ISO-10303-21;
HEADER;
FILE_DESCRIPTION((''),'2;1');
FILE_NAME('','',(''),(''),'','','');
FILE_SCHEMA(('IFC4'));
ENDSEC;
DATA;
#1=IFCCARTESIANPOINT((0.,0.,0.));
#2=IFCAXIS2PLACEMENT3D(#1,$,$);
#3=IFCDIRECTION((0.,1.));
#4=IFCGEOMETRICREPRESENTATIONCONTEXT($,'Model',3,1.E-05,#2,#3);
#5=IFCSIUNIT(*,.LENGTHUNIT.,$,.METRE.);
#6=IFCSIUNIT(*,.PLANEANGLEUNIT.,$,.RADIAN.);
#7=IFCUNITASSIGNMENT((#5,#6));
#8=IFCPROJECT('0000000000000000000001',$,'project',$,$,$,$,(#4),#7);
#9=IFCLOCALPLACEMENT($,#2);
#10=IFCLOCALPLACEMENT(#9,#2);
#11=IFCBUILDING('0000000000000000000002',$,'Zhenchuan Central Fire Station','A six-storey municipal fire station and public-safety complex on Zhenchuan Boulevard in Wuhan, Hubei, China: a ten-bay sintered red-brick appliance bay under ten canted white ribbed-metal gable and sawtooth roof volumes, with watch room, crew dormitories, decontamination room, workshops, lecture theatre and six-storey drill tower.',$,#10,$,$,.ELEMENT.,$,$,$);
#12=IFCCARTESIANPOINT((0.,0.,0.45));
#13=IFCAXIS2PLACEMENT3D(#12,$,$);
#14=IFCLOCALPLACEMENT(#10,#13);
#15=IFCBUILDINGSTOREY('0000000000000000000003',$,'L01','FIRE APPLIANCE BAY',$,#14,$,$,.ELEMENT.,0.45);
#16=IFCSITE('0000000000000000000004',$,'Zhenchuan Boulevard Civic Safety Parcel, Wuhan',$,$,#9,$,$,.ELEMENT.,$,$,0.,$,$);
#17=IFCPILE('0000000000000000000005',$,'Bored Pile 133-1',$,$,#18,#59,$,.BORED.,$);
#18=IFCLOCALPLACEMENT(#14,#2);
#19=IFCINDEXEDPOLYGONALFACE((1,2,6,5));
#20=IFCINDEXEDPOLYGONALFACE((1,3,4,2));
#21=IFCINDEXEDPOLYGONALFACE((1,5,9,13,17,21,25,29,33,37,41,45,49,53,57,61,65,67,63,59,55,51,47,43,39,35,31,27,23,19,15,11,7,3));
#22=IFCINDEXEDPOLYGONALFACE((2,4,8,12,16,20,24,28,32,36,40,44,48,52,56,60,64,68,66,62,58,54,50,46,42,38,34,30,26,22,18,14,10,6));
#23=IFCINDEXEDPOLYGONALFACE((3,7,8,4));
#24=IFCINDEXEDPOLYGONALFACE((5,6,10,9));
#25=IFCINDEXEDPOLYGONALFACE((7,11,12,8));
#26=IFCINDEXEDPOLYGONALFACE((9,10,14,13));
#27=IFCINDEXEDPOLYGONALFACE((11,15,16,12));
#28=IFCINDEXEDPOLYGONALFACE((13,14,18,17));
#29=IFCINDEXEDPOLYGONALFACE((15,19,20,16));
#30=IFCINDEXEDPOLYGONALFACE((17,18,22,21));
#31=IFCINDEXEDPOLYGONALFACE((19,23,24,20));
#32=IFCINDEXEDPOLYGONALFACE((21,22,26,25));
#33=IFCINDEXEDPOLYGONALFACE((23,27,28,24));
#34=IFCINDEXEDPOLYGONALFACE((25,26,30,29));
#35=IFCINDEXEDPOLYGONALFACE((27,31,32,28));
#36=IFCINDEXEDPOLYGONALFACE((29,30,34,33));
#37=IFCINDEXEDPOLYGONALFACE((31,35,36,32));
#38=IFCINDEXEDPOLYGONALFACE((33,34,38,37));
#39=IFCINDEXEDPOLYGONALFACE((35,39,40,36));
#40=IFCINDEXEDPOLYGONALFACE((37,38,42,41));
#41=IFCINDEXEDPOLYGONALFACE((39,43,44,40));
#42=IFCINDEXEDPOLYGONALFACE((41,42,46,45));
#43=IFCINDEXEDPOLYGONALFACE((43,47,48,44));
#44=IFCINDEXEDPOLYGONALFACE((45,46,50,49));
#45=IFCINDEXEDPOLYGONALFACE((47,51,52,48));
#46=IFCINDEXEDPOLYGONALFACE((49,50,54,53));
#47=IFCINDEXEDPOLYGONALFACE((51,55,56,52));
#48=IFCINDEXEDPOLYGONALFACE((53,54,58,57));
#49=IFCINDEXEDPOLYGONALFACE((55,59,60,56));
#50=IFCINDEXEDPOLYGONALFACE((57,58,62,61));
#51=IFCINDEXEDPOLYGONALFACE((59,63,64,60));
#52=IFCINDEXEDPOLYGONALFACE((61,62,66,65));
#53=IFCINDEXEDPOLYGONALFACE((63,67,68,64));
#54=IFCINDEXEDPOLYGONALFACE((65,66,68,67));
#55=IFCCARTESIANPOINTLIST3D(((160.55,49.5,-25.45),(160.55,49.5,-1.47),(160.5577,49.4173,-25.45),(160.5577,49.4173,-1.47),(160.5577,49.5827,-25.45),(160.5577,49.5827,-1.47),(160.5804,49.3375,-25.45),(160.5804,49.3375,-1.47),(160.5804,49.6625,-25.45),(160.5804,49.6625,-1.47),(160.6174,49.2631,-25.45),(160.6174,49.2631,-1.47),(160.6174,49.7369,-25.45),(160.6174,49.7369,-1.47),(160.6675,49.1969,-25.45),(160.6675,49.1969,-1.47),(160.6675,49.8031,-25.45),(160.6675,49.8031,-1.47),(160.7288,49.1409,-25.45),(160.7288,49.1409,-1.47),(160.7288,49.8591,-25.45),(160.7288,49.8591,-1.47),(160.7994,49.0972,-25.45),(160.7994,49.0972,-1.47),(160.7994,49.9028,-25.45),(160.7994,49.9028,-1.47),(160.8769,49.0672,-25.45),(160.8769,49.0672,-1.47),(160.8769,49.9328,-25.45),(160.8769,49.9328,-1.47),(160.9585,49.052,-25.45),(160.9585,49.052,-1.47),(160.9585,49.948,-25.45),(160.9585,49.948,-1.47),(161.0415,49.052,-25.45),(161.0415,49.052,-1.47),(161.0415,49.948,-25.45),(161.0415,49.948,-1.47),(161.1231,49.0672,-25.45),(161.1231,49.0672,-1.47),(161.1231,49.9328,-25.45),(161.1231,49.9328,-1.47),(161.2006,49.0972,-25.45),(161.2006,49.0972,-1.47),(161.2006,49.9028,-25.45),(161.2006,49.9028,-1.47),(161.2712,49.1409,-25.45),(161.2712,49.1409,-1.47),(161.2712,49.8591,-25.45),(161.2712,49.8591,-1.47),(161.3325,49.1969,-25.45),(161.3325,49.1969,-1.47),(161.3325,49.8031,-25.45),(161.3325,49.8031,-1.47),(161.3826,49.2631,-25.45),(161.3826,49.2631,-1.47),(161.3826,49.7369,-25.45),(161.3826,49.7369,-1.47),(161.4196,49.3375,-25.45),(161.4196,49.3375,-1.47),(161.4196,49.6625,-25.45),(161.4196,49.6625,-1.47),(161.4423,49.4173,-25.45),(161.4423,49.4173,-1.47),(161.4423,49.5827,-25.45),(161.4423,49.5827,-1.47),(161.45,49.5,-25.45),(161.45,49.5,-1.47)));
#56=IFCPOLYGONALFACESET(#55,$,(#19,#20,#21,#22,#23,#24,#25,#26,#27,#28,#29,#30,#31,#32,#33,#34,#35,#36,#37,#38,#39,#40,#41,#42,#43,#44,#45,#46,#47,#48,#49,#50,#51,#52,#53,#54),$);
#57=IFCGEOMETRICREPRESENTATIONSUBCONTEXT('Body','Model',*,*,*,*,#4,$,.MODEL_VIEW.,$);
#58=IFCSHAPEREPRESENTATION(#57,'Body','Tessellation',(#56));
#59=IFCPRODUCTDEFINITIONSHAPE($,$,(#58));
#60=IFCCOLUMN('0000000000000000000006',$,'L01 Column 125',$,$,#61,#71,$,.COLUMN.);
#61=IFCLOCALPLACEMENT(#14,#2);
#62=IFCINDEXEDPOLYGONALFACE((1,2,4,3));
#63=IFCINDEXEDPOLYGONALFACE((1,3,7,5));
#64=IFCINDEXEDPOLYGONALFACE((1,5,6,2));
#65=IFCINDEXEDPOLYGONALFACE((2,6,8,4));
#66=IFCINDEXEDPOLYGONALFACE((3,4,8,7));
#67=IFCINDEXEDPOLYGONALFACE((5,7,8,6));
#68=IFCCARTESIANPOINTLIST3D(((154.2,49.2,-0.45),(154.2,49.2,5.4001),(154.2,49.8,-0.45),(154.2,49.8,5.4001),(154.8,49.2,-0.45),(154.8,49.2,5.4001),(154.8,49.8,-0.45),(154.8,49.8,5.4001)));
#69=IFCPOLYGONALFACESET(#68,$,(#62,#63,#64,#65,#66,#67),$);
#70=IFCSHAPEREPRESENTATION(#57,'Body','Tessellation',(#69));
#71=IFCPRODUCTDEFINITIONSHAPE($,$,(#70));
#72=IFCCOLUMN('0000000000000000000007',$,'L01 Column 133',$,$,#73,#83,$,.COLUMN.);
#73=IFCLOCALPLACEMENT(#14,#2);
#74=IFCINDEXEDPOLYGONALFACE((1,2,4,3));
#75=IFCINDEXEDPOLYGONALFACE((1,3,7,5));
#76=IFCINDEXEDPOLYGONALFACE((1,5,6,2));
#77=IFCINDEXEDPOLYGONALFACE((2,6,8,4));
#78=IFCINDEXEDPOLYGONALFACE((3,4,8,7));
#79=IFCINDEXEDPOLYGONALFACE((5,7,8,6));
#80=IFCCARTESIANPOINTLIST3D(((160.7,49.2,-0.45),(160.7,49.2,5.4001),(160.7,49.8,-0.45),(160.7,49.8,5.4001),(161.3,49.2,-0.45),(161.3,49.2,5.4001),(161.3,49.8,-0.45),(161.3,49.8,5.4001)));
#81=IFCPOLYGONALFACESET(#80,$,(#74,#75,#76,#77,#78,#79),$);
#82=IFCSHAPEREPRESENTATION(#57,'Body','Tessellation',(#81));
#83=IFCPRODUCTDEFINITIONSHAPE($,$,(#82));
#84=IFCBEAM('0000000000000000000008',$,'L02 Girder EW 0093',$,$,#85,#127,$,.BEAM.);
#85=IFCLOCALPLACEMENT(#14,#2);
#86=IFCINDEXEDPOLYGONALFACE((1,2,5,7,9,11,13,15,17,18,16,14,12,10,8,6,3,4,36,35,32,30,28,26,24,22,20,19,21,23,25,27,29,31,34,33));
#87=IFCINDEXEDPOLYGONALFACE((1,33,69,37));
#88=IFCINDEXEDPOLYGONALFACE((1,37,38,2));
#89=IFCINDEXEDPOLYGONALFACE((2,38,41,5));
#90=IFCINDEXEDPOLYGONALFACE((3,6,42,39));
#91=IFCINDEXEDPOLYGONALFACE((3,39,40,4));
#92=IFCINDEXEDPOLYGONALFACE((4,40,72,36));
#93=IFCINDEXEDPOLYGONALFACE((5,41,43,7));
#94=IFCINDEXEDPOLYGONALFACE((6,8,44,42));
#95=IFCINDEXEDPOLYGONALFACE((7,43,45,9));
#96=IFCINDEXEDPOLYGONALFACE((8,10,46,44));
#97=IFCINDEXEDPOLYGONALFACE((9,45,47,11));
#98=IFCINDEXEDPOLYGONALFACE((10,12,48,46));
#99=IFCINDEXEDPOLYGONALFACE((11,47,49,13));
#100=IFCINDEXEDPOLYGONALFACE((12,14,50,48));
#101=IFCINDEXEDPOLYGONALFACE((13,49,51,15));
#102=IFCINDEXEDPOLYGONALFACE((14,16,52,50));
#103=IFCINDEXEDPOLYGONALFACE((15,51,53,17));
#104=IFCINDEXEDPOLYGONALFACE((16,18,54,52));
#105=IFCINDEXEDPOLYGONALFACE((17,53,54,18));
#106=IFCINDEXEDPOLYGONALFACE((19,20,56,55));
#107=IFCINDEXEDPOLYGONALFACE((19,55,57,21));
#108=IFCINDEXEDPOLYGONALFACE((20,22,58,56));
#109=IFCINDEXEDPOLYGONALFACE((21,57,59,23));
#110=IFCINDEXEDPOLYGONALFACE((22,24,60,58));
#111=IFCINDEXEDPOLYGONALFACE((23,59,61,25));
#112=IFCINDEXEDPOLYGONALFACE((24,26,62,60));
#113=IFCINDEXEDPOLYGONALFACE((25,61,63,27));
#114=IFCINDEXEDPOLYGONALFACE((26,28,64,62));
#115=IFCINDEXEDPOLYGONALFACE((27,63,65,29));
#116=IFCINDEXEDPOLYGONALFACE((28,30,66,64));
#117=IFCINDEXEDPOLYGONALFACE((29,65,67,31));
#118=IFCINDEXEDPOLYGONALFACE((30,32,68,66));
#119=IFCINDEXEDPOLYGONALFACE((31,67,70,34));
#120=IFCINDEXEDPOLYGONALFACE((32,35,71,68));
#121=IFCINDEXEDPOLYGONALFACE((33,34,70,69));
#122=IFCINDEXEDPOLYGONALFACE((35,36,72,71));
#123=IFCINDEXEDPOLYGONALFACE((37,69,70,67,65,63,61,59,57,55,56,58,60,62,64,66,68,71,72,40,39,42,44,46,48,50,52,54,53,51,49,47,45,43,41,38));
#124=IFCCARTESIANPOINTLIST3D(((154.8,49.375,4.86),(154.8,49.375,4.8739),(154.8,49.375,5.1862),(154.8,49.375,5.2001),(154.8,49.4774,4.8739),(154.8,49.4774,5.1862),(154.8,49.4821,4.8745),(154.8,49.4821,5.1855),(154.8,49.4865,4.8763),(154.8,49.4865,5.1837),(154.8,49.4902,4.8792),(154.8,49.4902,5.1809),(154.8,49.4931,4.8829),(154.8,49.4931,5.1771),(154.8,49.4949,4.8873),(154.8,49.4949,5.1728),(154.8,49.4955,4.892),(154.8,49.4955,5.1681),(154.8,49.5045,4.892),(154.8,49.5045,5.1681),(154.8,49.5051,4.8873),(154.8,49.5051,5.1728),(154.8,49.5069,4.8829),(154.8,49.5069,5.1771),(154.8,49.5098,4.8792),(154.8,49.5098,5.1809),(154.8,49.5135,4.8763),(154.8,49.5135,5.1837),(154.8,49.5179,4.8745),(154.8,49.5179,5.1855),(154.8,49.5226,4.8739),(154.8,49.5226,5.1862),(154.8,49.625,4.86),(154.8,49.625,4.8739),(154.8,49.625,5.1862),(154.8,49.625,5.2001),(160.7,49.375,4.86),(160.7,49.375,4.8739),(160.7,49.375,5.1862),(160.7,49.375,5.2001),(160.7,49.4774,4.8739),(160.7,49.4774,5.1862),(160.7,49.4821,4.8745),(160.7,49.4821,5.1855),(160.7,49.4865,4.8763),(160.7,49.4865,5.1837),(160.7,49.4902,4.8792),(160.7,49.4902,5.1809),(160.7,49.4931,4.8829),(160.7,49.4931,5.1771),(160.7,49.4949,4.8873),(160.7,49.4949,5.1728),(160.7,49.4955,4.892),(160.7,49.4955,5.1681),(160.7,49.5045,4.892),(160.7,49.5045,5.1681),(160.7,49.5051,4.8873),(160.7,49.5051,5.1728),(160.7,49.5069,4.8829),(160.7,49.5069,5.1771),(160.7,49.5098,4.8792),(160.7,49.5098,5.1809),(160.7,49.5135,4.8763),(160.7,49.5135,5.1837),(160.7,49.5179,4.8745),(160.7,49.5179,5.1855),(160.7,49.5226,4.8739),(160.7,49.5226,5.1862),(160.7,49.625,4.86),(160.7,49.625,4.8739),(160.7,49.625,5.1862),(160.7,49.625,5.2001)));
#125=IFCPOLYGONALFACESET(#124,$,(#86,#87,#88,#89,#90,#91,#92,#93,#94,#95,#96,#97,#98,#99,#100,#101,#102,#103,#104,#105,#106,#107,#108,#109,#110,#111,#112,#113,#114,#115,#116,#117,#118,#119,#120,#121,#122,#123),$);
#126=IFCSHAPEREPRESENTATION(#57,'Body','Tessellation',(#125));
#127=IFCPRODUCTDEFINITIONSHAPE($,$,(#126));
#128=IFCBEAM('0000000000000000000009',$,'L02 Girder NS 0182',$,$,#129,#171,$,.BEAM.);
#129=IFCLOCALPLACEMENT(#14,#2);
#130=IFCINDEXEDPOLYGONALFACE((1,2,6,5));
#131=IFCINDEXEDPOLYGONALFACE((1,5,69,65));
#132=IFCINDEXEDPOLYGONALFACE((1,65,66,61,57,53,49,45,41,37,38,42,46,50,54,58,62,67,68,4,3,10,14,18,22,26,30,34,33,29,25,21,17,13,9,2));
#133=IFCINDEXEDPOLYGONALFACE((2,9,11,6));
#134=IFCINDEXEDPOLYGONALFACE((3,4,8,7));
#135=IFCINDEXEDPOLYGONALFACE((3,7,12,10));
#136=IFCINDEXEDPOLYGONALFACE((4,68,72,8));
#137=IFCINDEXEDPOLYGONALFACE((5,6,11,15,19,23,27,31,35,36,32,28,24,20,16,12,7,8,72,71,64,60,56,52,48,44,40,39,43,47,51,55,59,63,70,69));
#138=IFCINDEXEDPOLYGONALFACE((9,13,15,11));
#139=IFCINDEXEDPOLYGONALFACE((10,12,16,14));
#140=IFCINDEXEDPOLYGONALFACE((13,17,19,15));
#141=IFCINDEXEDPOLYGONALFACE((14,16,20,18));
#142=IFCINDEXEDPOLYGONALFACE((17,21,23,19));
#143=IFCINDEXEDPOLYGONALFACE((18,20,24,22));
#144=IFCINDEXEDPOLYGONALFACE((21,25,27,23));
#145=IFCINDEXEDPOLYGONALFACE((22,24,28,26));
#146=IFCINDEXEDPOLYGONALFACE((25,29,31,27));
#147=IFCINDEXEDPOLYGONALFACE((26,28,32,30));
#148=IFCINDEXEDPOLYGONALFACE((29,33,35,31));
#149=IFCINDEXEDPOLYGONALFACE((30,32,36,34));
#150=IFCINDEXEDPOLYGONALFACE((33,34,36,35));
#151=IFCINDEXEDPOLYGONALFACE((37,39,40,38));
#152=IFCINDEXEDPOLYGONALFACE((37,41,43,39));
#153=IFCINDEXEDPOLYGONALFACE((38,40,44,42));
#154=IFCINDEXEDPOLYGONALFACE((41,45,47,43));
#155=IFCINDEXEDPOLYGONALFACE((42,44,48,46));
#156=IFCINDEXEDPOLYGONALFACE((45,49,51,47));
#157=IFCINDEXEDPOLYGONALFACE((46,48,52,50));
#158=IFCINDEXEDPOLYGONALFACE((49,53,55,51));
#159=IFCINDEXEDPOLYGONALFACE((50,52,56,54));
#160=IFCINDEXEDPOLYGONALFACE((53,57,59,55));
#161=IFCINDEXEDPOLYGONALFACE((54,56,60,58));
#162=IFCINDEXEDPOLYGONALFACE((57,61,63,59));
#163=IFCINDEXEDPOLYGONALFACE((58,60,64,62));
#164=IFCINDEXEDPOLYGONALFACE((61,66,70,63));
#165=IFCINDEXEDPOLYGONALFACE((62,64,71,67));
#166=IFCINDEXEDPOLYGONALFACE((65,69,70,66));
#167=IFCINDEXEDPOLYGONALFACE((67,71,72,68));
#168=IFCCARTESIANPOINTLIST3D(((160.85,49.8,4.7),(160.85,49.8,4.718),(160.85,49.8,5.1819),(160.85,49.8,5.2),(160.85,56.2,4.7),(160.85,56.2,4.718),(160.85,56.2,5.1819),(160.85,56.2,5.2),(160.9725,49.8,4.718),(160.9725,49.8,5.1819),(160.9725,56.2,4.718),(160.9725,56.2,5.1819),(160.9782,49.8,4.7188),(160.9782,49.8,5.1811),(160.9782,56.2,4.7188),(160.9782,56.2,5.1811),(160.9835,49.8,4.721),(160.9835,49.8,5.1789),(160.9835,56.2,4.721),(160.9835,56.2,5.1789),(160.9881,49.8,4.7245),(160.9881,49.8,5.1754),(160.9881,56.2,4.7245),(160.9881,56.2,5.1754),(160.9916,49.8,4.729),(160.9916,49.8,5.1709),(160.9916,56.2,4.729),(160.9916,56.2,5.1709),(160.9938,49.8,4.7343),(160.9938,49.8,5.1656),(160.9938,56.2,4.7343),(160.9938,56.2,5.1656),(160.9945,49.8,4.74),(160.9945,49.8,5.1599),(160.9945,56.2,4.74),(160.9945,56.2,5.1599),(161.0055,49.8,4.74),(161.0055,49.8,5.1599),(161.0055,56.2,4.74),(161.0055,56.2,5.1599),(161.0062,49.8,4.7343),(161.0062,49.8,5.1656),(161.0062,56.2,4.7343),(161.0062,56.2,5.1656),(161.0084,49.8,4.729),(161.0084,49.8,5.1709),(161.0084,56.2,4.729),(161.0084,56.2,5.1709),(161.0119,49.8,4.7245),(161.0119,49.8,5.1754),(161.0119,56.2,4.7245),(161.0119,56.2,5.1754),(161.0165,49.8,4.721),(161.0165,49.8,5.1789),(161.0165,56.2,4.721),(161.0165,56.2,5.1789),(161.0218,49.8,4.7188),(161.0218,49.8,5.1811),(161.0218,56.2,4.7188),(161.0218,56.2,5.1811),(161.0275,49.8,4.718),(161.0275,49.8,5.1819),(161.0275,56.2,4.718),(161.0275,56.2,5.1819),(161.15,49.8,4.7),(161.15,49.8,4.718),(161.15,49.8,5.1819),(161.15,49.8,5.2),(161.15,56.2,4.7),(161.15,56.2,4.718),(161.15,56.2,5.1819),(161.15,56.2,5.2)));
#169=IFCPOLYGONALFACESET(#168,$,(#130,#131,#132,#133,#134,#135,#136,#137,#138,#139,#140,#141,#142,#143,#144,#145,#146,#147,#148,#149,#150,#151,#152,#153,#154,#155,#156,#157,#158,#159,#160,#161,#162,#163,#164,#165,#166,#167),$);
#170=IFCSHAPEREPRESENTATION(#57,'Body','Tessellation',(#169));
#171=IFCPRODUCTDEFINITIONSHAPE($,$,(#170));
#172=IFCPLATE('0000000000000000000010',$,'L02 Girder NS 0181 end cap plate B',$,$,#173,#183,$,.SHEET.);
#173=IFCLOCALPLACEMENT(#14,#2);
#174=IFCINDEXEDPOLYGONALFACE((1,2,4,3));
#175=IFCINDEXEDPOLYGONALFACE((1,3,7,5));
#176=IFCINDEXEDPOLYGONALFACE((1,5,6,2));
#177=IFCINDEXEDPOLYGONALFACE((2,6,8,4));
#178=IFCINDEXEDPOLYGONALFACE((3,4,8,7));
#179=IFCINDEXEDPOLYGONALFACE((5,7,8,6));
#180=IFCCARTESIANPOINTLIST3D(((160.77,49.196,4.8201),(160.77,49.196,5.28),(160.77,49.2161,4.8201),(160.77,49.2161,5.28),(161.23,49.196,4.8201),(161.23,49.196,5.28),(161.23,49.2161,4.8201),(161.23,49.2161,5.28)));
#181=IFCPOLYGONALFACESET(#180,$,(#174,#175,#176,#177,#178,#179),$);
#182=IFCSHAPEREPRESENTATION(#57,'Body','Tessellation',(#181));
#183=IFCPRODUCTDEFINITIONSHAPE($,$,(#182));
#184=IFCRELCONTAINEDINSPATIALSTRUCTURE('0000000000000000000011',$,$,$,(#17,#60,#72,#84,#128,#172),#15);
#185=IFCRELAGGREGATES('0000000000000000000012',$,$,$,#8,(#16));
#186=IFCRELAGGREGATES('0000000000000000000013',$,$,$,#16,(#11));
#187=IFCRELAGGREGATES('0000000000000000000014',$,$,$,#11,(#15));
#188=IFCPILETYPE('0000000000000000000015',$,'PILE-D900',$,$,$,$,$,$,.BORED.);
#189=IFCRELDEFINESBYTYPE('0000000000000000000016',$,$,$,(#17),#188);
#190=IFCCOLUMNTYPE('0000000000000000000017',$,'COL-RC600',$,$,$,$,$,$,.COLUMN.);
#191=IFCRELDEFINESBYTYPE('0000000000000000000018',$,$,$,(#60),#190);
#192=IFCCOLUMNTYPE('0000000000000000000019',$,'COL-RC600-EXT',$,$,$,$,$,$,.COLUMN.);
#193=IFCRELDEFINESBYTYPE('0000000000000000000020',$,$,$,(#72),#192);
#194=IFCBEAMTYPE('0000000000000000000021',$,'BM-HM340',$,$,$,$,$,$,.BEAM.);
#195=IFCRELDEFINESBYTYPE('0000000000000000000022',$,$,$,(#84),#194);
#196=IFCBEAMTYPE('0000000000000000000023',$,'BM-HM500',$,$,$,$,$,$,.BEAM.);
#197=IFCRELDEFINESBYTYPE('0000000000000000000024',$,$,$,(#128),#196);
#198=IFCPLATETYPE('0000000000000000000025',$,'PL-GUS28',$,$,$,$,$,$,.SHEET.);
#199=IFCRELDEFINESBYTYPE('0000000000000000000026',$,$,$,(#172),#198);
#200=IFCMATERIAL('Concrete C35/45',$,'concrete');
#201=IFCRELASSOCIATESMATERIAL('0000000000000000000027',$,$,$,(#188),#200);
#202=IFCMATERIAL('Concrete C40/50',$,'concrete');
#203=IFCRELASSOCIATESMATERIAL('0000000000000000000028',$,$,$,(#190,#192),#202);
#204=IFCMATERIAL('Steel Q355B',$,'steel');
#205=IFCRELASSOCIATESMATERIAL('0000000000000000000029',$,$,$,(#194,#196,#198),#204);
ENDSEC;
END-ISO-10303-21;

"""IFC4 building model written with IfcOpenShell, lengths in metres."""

from ifc_helpers import new_model, si_unit, direction, frame, origin, origin_2d, place, context, subcontext, project, spatial, rectangle, circle, i_section, extrude, material, material_profile, profile_set, type_object, element, save


model = new_model("IFC4")

# Units and contexts
model_context = context("Model", 3, precision=1e-05, world=origin(), true_north=direction((0.0, 1.0)))
body_context = subcontext(model_context, "Body", "Model", "MODEL_VIEW")
ifc_project = project(units=[si_unit("LENGTHUNIT", "METRE"), si_unit("PLANEANGLEUNIT", "RADIAN")], contexts=[model_context])

# Site, building, storey
site_placement = place(None, origin())
site = spatial("IfcSite", under=ifc_project, at=site_placement, Name="Zhenchuan Boulevard Civic Safety Parcel, Wuhan", CompositionType="ELEMENT", RefElevation=0.0)
building_placement = place(site_placement, origin())
building = spatial("IfcBuilding", under=site, at=building_placement, Name="Zhenchuan Central Fire Station", Description="A six-storey municipal fire station and public-safety complex on Zhenchuan Boulevard in Wuhan, Hubei, China: a ten-bay sintered red-brick appliance bay under ten canted white ribbed-metal gable and sawtooth roof volumes, with watch room, crew dormitories, decontamination room, workshops, lecture theatre and six-storey drill tower.", CompositionType="ELEMENT")
storey_placement = place(building_placement, frame((0.0, 0.0, 0.45)))
storey = spatial("IfcBuildingStorey", under=building, at=storey_placement, Name="L01", Description="FIRE APPLIANCE BAY", CompositionType="ELEMENT", Elevation=0.45)

# Shared definitions
ifc_material_1 = material(Name="Concrete C40/50", Category="concrete")

# Pile
ifc_material_2 = material(Name="Concrete C35/45", Category="concrete")
ifc_material_profile_1 = material_profile(ifc_material_2, circle(Radius=0.45, at=origin_2d()), Name="PILE D900")
ifc_profile_set_1 = profile_set([ifc_material_profile_1], Name="Concrete C35/45")
pile_type_1 = type_object("IfcPileType", Name="PILE-D900", PredefinedType="BORED", material=ifc_profile_set_1)
pile_placement = place(storey_placement, frame((161.0, 49.5, -1.47), z_axis=(0.0, 0.0, -1.0), x_axis=(1.0, 0.0, 0.0)))
element("IfcPile", 1, at=pile_placement, inside=storey, type_object=pile_type_1, Name="Bored Pile 133-1", PredefinedType="BORED", context=body_context, shape_type="SweptSolid", body=[
    extrude(circle(Radius=0.45, at=origin_2d()), origin(), (0.0, 0.0, 1.0), 23.98),
])

# Columns
ifc_material_profile_2 = material_profile(ifc_material_1, rectangle(XDim=0.6001, YDim=0.6001, at=origin_2d()), Name="RC 600x600")
ifc_profile_set_2 = profile_set([ifc_material_profile_2], Name="Concrete C40/50")
column_type_1 = type_object("IfcColumnType", Name="COL-RC600", PredefinedType="COLUMN", material=ifc_profile_set_2)
column_1_placement = place(storey_placement, frame((154.5, 49.5, -0.45), z_axis=(0.0, 0.0, 1.0), x_axis=(1.0, 0.0, 0.0)))
element("IfcColumn", 2, at=column_1_placement, inside=storey, type_object=column_type_1, Name="L01 Column 125", PredefinedType="COLUMN", context=body_context, shape_type="SweptSolid", body=[
    extrude(rectangle(XDim=0.6001, YDim=0.6001, at=origin_2d()), origin(), (0.0, 0.0, 1.0), 5.8501),
])
ifc_material_profile_3 = material_profile(ifc_material_1, rectangle(XDim=0.6001, YDim=0.6001, at=origin_2d()), Name="RC 600x600")
ifc_profile_set_3 = profile_set([ifc_material_profile_3], Name="Concrete C40/50")
column_type_2 = type_object("IfcColumnType", Name="COL-RC600-EXT", PredefinedType="COLUMN", material=ifc_profile_set_3)
column_2_placement = place(storey_placement, frame((161.0, 49.5, -0.45), z_axis=(0.0, 0.0, 1.0), x_axis=(1.0, 0.0, 0.0)))
element("IfcColumn", 3, at=column_2_placement, inside=storey, type_object=column_type_2, Name="L01 Column 133", PredefinedType="COLUMN", context=body_context, shape_type="SweptSolid", body=[
    extrude(rectangle(XDim=0.6001, YDim=0.6001, at=origin_2d()), origin(), (0.0, 0.0, 1.0), 5.8501),
])

# Beams
ifc_material_3 = material(Name="Steel Q355B", Category="steel")
ifc_material_profile_4 = material_profile(ifc_material_3, i_section(OverallWidth=0.25, OverallDepth=0.3401, WebThickness=0.009, FlangeThickness=0.0139, FilletRadius=0.0181, at=origin_2d()), Name="HM 340x250")
ifc_profile_set_4 = profile_set([ifc_material_profile_4], Name="Steel Q355B")
beam_type_1 = type_object("IfcBeamType", Name="BM-HM340", PredefinedType="BEAM", material=ifc_profile_set_4)
beam_1_placement = place(storey_placement, frame((154.8, 49.5, 5.03), z_axis=(1.0, 0.0, 0.0), x_axis=(0.0, 1.0, 0.0)))
element("IfcBeam", 4, at=beam_1_placement, inside=storey, type_object=beam_type_1, Name="L02 Girder EW 0093", PredefinedType="BEAM", context=body_context, shape_type="SweptSolid", body=[
    extrude(i_section(OverallWidth=0.25, OverallDepth=0.3401, WebThickness=0.009, FlangeThickness=0.0139, FilletRadius=0.0181, at=origin_2d()), origin(), (0.0, 0.0, 1.0), 5.8999),
])
ifc_material_profile_5 = material_profile(ifc_material_3, i_section(OverallWidth=0.3, OverallDepth=0.5, WebThickness=0.011, FlangeThickness=0.0181, FilletRadius=0.022, at=origin_2d()), Name="HM 500x300")
ifc_profile_set_5 = profile_set([ifc_material_profile_5], Name="Steel Q355B")
beam_type_2 = type_object("IfcBeamType", Name="BM-HM500", PredefinedType="BEAM", material=ifc_profile_set_5)
beam_2_placement = place(storey_placement, frame((161.0, 49.8, 4.95), z_axis=(0.0, 1.0, 0.0), x_axis=(-1.0, 0.0, 0.0)))
element("IfcBeam", 5, at=beam_2_placement, inside=storey, type_object=beam_type_2, Name="L02 Girder NS 0182", PredefinedType="BEAM", context=body_context, shape_type="SweptSolid", body=[
    extrude(i_section(OverallWidth=0.3, OverallDepth=0.5, WebThickness=0.011, FlangeThickness=0.0181, FilletRadius=0.022, at=origin_2d()), origin(), (0.0, 0.0, 1.0), 6.3999),
])

# Plate
ifc_material_profile_6 = material_profile(ifc_material_3, rectangle(XDim=0.46, YDim=0.46, at=origin_2d()), Name="PL 460x460x28")
ifc_profile_set_6 = profile_set([ifc_material_profile_6], Name="Steel Q355B")
plate_type = type_object("IfcPlateType", Name="PL-GUS28", PredefinedType="SHEET", material=ifc_profile_set_6)
plate_placement = place(storey_placement, frame((161.0, 49.196, 5.05), z_axis=(0.0, 1.0, 0.0), x_axis=(-1.0, 0.0, 0.0)))
element("IfcPlate", 6, at=plate_placement, inside=storey, type_object=plate_type, Name="L02 Girder NS 0181 end cap plate B", PredefinedType="SHEET", context=body_context, shape_type="SweptSolid", body=[
    extrude(rectangle(XDim=0.46, YDim=0.46, at=origin_2d()), origin(), (0.0, 0.0, 1.0), 0.02),
])

save(model, "model.ifc")
